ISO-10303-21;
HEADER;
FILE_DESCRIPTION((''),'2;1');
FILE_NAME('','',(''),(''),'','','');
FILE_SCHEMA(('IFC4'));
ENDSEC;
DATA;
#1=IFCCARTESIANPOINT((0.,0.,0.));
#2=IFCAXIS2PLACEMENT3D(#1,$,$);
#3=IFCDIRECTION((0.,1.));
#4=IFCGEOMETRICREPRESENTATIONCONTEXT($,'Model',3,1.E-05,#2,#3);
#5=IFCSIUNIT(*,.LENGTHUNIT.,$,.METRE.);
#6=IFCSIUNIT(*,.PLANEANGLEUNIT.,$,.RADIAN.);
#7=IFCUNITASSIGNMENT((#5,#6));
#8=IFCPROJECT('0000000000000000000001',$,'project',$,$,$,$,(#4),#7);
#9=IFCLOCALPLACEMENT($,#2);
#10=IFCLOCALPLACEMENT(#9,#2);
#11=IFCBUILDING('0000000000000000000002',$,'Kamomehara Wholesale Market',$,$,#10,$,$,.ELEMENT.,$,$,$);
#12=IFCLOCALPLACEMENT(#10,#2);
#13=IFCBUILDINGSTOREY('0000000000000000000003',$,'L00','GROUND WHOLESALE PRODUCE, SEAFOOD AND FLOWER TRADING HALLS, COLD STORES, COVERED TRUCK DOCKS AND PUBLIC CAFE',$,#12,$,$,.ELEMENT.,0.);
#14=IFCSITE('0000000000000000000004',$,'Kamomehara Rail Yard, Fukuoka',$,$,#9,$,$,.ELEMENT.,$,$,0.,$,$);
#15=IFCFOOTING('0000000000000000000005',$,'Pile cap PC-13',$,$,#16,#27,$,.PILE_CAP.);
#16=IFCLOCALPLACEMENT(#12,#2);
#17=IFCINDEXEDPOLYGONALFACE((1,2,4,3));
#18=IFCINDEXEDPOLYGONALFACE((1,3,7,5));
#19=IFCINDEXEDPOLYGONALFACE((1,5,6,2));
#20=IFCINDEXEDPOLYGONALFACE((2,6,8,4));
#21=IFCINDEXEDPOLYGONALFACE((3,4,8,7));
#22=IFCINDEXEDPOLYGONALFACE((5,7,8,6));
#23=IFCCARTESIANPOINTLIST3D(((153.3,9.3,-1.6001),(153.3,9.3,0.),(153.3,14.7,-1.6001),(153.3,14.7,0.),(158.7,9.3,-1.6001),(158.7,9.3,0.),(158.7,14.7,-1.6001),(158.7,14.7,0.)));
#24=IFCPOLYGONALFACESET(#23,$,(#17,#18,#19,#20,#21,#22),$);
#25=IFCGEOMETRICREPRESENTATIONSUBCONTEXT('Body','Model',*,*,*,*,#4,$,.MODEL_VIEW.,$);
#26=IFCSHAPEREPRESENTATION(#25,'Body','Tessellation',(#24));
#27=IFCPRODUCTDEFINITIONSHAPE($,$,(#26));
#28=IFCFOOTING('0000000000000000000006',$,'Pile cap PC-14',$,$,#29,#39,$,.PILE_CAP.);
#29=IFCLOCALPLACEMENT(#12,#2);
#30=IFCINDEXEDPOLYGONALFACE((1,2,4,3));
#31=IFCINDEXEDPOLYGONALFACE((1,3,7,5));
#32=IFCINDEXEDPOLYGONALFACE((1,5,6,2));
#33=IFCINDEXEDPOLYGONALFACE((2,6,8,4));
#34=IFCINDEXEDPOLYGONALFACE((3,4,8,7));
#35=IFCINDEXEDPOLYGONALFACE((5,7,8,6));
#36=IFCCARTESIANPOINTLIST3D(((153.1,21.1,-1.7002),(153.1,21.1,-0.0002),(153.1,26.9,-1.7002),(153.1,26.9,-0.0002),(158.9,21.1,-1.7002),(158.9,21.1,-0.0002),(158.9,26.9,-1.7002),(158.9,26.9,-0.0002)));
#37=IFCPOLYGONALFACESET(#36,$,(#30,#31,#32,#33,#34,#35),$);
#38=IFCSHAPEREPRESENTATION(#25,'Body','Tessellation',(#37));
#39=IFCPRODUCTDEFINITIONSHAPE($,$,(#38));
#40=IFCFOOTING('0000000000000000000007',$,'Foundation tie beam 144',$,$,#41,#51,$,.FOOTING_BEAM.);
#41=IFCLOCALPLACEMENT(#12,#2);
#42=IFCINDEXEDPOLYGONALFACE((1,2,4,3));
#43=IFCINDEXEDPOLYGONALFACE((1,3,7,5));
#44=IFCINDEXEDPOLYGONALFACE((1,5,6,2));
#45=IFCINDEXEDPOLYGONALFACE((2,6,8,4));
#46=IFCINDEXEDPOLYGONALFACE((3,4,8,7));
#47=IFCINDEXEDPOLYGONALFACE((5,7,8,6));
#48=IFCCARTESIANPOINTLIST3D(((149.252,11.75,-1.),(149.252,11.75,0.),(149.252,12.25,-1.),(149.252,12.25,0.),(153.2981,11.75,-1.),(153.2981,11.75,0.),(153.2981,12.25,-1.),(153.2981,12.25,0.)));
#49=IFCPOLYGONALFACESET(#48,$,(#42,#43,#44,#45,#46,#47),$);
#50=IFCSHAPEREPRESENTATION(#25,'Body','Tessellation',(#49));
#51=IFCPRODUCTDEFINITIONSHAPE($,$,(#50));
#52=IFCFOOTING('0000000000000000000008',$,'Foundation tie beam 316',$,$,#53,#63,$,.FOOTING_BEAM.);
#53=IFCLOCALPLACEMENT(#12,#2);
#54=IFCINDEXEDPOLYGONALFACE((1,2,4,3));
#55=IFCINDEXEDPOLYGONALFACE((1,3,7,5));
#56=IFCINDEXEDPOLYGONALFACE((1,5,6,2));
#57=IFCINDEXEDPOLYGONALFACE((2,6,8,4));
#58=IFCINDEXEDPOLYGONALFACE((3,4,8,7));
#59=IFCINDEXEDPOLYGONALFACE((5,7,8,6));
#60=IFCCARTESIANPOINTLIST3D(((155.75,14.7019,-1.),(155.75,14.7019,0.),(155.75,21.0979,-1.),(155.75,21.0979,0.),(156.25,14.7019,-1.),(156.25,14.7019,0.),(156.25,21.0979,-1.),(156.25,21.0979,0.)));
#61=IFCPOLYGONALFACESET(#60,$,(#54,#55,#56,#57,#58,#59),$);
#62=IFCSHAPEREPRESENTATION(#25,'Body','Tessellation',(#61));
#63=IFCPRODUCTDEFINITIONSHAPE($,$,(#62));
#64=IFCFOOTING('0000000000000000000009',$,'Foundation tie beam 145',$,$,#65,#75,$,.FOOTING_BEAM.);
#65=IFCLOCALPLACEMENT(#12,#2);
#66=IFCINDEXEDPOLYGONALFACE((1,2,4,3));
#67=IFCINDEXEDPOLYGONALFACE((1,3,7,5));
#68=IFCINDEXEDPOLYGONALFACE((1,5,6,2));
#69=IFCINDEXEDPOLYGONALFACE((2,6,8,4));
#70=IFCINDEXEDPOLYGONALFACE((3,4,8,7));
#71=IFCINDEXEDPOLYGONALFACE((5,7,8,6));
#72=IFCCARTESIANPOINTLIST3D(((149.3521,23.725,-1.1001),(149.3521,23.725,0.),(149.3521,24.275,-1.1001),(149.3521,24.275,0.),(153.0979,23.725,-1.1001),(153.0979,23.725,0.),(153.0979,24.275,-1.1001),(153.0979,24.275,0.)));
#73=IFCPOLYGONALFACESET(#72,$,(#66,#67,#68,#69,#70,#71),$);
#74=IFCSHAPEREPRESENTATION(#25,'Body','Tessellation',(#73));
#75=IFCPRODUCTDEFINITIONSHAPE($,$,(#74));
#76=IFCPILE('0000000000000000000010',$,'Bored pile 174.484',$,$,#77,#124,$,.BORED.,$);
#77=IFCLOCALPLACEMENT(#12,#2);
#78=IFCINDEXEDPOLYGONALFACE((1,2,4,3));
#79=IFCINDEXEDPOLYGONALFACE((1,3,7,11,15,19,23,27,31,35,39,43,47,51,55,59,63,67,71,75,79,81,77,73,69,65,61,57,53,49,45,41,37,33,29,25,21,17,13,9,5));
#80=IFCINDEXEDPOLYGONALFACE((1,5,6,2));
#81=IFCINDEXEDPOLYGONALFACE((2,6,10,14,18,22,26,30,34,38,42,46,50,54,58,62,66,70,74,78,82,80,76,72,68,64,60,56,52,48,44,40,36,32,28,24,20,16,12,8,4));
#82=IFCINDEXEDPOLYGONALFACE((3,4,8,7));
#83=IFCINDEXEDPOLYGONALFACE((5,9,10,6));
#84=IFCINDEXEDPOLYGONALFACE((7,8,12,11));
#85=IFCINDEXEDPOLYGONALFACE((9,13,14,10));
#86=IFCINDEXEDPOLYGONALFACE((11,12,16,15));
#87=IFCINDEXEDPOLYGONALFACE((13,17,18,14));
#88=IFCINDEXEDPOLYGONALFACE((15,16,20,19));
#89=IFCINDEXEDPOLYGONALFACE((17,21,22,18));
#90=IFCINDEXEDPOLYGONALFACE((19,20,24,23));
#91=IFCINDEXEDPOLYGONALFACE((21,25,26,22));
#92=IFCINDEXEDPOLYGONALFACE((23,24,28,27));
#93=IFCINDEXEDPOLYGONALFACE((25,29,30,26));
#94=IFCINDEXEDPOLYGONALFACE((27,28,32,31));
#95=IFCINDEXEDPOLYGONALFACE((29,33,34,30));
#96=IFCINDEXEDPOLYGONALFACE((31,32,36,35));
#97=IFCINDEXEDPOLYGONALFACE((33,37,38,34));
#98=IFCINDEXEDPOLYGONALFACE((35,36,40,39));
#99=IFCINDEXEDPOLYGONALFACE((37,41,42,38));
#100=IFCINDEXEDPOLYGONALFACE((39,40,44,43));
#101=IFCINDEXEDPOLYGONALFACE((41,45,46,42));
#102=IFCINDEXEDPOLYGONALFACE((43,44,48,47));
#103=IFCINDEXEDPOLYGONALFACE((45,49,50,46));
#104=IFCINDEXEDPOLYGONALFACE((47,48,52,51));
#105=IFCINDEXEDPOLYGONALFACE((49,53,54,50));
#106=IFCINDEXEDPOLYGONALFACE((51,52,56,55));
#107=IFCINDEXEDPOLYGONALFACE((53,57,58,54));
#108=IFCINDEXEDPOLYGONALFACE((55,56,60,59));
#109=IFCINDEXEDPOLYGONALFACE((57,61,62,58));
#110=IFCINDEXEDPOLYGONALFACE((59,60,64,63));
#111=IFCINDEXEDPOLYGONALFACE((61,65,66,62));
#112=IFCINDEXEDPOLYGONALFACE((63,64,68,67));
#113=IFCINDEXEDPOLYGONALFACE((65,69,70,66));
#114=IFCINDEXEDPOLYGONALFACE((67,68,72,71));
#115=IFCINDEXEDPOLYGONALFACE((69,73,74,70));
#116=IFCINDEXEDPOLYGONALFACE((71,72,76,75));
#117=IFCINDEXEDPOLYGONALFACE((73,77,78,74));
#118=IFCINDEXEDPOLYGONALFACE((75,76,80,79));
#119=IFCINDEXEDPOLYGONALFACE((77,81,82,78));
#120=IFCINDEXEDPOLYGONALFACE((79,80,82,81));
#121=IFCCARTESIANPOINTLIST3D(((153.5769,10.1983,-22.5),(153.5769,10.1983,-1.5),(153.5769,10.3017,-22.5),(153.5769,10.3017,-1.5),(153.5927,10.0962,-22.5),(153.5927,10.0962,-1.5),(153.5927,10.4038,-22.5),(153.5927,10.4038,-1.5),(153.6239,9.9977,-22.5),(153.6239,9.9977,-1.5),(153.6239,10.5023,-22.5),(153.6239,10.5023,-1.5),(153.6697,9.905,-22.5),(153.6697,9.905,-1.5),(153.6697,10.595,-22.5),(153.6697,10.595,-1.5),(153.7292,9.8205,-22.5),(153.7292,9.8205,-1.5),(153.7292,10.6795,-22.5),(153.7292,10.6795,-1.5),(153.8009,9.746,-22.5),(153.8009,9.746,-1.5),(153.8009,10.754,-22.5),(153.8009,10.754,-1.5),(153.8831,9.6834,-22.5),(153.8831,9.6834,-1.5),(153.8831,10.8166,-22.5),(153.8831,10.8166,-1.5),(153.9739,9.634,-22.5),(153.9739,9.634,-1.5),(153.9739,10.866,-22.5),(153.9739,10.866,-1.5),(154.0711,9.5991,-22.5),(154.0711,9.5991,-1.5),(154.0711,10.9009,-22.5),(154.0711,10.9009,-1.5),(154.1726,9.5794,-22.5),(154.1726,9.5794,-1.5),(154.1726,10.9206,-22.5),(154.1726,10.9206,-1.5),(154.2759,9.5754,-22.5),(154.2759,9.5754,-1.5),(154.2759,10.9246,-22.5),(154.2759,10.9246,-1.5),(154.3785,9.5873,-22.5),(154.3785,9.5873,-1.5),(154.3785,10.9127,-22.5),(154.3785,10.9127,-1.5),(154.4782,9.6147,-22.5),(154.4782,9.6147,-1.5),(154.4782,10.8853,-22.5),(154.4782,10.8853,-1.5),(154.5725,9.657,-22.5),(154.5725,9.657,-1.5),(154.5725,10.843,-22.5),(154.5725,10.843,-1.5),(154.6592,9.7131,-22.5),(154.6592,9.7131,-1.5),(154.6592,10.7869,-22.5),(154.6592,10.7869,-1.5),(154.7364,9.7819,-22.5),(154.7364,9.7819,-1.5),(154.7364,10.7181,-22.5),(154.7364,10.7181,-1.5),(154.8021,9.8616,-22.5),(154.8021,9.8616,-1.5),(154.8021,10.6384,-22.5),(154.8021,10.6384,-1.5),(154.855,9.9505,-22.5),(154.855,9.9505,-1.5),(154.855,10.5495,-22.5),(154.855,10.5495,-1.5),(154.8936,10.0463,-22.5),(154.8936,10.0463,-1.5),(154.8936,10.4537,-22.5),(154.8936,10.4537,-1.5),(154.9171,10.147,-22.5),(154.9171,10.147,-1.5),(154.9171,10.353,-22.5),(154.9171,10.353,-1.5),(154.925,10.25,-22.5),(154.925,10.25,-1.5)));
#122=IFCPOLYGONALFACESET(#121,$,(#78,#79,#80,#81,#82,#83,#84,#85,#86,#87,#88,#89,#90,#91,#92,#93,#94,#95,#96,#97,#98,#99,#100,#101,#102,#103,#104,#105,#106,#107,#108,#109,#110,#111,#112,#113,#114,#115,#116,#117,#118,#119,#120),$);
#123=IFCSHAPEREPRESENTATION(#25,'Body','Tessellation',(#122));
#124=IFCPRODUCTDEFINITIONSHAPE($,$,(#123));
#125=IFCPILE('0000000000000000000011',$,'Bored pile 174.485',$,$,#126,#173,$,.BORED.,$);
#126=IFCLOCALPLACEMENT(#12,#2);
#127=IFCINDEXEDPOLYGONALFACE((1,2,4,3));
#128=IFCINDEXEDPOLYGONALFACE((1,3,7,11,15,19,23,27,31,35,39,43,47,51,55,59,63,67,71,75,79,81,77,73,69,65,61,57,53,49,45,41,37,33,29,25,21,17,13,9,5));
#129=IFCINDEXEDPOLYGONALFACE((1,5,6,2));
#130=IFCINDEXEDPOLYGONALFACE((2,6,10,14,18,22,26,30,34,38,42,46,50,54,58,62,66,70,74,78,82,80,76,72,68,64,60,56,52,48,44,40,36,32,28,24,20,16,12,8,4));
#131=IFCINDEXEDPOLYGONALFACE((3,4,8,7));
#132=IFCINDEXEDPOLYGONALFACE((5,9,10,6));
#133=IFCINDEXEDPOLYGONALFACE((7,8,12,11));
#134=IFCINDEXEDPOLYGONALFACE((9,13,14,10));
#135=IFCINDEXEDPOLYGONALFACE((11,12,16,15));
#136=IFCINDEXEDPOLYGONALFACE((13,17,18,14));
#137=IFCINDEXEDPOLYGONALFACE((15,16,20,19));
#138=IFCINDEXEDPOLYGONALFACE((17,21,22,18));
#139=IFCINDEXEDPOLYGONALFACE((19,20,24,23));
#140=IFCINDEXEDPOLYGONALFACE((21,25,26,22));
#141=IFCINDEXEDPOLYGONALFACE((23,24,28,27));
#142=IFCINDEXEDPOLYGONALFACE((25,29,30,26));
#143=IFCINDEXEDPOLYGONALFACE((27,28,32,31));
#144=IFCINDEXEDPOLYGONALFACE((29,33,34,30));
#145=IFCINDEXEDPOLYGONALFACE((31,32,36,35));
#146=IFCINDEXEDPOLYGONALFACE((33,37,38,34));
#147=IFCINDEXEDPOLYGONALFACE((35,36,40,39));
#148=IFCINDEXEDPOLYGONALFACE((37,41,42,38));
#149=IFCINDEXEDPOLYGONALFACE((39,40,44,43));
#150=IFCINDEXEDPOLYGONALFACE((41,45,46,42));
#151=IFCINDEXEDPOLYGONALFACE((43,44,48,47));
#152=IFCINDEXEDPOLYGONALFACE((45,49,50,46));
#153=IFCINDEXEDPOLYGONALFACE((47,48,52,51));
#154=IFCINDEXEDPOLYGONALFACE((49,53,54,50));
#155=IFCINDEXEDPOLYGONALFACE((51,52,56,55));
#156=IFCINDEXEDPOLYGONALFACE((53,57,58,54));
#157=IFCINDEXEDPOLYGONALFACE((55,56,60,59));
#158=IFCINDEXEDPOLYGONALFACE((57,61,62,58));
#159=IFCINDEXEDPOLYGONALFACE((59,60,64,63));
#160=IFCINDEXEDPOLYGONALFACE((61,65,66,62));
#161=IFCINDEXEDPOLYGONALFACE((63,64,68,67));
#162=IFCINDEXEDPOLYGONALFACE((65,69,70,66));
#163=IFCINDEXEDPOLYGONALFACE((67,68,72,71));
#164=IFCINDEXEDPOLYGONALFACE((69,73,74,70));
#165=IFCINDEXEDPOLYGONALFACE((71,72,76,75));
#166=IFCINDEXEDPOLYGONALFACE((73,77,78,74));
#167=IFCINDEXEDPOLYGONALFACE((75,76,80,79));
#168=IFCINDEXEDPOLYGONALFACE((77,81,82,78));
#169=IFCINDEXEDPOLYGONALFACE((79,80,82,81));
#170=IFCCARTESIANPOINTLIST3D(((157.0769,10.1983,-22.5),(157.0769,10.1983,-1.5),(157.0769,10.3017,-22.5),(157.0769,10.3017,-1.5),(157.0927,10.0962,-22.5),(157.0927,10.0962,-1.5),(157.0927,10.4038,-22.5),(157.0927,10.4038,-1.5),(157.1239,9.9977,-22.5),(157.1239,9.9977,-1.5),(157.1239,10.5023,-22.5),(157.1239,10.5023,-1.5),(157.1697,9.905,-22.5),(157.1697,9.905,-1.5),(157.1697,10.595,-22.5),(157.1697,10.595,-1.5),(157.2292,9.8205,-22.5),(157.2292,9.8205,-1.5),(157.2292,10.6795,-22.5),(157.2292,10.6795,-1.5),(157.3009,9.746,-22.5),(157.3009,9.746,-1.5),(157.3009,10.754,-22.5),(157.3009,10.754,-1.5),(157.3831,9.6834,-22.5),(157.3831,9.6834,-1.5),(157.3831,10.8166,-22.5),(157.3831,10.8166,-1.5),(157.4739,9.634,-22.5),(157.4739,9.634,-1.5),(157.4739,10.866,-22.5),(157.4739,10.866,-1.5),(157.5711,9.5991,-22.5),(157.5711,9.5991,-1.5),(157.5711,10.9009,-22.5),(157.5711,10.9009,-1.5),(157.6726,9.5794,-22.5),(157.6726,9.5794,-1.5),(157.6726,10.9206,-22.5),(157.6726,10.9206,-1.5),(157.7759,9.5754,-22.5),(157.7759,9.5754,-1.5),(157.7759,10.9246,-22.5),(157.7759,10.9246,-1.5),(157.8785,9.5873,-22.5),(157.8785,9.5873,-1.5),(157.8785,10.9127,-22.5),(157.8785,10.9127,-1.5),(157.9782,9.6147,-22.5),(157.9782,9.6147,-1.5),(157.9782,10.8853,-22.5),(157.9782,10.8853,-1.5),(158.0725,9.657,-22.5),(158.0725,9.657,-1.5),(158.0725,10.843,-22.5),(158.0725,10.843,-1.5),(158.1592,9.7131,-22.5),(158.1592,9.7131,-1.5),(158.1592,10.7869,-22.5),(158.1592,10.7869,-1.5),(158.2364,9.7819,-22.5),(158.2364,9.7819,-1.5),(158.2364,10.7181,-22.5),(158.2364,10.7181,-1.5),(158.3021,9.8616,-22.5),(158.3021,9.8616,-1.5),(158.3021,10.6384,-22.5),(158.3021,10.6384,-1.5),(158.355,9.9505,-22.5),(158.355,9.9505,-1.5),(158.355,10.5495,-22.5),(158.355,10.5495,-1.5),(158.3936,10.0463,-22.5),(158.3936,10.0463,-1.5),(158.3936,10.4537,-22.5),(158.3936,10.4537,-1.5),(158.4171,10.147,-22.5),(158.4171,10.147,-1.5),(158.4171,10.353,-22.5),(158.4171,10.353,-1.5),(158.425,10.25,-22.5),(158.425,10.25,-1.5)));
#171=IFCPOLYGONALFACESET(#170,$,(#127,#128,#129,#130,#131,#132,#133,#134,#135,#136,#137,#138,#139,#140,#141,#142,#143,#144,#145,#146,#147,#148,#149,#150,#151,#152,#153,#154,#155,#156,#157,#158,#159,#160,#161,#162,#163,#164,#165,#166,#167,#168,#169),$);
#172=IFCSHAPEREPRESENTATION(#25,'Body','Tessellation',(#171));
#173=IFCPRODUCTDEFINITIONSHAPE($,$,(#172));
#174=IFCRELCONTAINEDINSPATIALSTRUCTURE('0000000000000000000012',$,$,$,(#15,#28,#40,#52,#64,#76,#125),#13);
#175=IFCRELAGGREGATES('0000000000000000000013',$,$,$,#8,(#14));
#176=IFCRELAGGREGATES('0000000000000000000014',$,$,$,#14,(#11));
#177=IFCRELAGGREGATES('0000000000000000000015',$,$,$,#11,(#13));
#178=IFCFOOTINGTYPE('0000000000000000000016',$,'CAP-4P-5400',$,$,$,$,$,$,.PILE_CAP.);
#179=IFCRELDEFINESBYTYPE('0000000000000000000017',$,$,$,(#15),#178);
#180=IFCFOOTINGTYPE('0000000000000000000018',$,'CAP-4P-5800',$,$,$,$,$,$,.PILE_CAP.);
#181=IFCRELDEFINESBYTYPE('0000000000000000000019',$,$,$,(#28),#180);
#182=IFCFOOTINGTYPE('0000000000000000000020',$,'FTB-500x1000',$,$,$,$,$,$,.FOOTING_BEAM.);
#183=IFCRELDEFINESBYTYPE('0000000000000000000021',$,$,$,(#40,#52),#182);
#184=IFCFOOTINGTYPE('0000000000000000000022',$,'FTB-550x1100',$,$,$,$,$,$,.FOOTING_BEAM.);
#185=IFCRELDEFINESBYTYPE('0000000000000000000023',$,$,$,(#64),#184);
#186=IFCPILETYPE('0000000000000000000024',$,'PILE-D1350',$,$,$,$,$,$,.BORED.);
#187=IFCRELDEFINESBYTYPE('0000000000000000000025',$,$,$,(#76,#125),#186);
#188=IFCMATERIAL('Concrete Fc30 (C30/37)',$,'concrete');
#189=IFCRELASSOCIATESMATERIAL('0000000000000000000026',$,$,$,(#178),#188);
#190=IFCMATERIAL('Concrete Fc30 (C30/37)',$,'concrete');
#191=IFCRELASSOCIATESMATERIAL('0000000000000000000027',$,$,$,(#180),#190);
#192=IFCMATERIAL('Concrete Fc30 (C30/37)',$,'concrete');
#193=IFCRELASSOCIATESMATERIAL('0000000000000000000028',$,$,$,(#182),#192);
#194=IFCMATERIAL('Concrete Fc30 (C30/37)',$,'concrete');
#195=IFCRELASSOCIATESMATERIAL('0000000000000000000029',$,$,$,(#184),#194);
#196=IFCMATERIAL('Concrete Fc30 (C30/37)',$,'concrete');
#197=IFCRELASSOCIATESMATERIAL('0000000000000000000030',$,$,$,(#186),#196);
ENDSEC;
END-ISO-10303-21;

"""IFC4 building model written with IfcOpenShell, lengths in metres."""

from ifc_helpers import new_model, si_unit, direction, frame, origin, origin_2d, place, context, subcontext, project, spatial, rectangle, circle, extrude, material, material_profile, profile_set, type_object, element, save


model = new_model("IFC4")

# Units and contexts
model_context = context("Model", 3, precision=1e-05, world=origin(), true_north=direction((0.0, 1.0)))
body_context = subcontext(model_context, "Body", "Model", "MODEL_VIEW")
ifc_project = project(units=[si_unit("LENGTHUNIT", "METRE"), si_unit("PLANEANGLEUNIT", "RADIAN")], contexts=[model_context])

# Site, building, storey
site_placement = place(None, origin())
site = spatial("IfcSite", under=ifc_project, at=site_placement, Name="Kamomehara Rail Yard, Fukuoka", CompositionType="ELEMENT", RefElevation=0.0)
building_placement = place(site_placement, origin())
building = spatial("IfcBuilding", under=site, at=building_placement, Name="Kamomehara Wholesale Market", CompositionType="ELEMENT")
storey_placement = place(building_placement, origin())
storey = spatial("IfcBuildingStorey", under=building, at=storey_placement, Name="L00", Description="GROUND WHOLESALE PRODUCE, SEAFOOD AND FLOWER TRADING HALLS, COLD STORES, COVERED TRUCK DOCKS AND PUBLIC CAFE", CompositionType="ELEMENT", Elevation=0.0)

# Footings
ifc_material_1 = material(Name="Concrete Fc30 (C30/37)", Category="concrete")
footing_type_1 = type_object("IfcFootingType", Name="CAP-4P-5400", PredefinedType="PILE_CAP", material=ifc_material_1)
footing_1_placement = place(storey_placement, frame((156.0, 12.0, -1.6001), z_axis=(0.0, 0.0, 1.0), x_axis=(1.0, 0.0, 0.0)))
element("IfcFooting", 1, at=footing_1_placement, inside=storey, type_object=footing_type_1, Name="Pile cap PC-13", PredefinedType="PILE_CAP", context=body_context, shape_type="SweptSolid", body=[
    extrude(rectangle(XDim=5.3999, YDim=5.3999, at=origin_2d()), origin(), (0.0, 0.0, 1.0), 1.6001),
])
ifc_material_2 = material(Name="Concrete Fc30 (C30/37)", Category="concrete")
footing_type_2 = type_object("IfcFootingType", Name="CAP-4P-5800", PredefinedType="PILE_CAP", material=ifc_material_2)
footing_2_placement = place(storey_placement, frame((156.0, 24.0, -1.7002), z_axis=(0.0, 0.0, 1.0), x_axis=(1.0, 0.0, 0.0)))
element("IfcFooting", 2, at=footing_2_placement, inside=storey, type_object=footing_type_2, Name="Pile cap PC-14", PredefinedType="PILE_CAP", context=body_context, shape_type="SweptSolid", body=[
    extrude(rectangle(XDim=5.8, YDim=5.8, at=origin_2d()), origin(), (0.0, 0.0, 1.0), 1.7),
])
ifc_material_3 = material(Name="Concrete Fc30 (C30/37)", Category="concrete")
ifc_material_profile_1 = material_profile(ifc_material_3, rectangle(XDim=0.5, YDim=1.0, at=origin_2d()), Name="RC-FTB-500x1000")
ifc_profile_set_1 = profile_set([ifc_material_profile_1], Name="Concrete Fc30 (C30/37)")
footing_type_3 = type_object("IfcFootingType", Name="FTB-500x1000", PredefinedType="FOOTING_BEAM", material=ifc_profile_set_1)
footing_3_placement = place(storey_placement, frame((149.252, 12.0, -0.5), z_axis=(1.0, 0.0, 0.0), x_axis=(0.0, 1.0, 0.0)))
element("IfcFooting", 3, at=footing_3_placement, inside=storey, type_object=footing_type_3, Name="Foundation tie beam 144", PredefinedType="FOOTING_BEAM", context=body_context, shape_type="SweptSolid", body=[
    extrude(rectangle(XDim=0.5, YDim=1.0, at=origin_2d()), origin(), (0.0, 0.0, 1.0), 4.0461),
])
footing_4_placement = place(storey_placement, frame((156.0, 14.7019, -0.5), z_axis=(0.0, 1.0, 0.0), x_axis=(-1.0, 0.0, 0.0)))
element("IfcFooting", 4, at=footing_4_placement, inside=storey, type_object=footing_type_3, Name="Foundation tie beam 316", PredefinedType="FOOTING_BEAM", context=body_context, shape_type="SweptSolid", body=[
    extrude(rectangle(XDim=0.5, YDim=1.0, at=origin_2d()), origin(), (0.0, 0.0, 1.0), 6.396),
])
ifc_material_4 = material(Name="Concrete Fc30 (C30/37)", Category="concrete")
ifc_material_profile_2 = material_profile(ifc_material_4, rectangle(XDim=0.55, YDim=1.1001, at=origin_2d()), Name="RC-FTB-550x1100")
ifc_profile_set_2 = profile_set([ifc_material_profile_2], Name="Concrete Fc30 (C30/37)")
footing_type_4 = type_object("IfcFootingType", Name="FTB-550x1100", PredefinedType="FOOTING_BEAM", material=ifc_profile_set_2)
footing_5_placement = place(storey_placement, frame((149.3521, 24.0, -0.55), z_axis=(1.0, 0.0, 0.0), x_axis=(0.0, 1.0, 0.0)))
element("IfcFooting", 5, at=footing_5_placement, inside=storey, type_object=footing_type_4, Name="Foundation tie beam 145", PredefinedType="FOOTING_BEAM", context=body_context, shape_type="SweptSolid", body=[
    extrude(rectangle(XDim=0.55, YDim=1.1001, at=origin_2d()), origin(), (0.0, 0.0, 1.0), 3.7458),
])

# Piles
ifc_material_5 = material(Name="Concrete Fc30 (C30/37)", Category="concrete")
ifc_material_profile_3 = material_profile(ifc_material_5, circle(Radius=0.675, at=origin_2d()), Name="RC-PILE-D1350")
ifc_profile_set_3 = profile_set([ifc_material_profile_3], Name="Concrete Fc30 (C30/37)")
pile_type_1 = type_object("IfcPileType", Name="PILE-D1350", PredefinedType="BORED", material=ifc_profile_set_3)
for number, where, z_axis, x_axis, name in (
    (6, (154.25, 10.25, -1.5), (0.0, 0.0, -1.0), (1.0, 0.0, 0.0), "Bored pile 174.484"),
    (7, (157.75, 10.25, -1.5), (0.0, 0.0, -1.0), (1.0, 0.0, 0.0), "Bored pile 174.485"),
):
    element("IfcPile", number, at=place(storey_placement, frame(where, z_axis=z_axis, x_axis=x_axis)), inside=storey, type_object=pile_type_1, Name=name, PredefinedType="BORED", context=body_context, shape_type="SweptSolid", body=[
        extrude(circle(Radius=0.675, at=origin_2d()), origin(), (0.0, 0.0, 1.0), 21.0),
    ])

save(model, "model.ifc")
